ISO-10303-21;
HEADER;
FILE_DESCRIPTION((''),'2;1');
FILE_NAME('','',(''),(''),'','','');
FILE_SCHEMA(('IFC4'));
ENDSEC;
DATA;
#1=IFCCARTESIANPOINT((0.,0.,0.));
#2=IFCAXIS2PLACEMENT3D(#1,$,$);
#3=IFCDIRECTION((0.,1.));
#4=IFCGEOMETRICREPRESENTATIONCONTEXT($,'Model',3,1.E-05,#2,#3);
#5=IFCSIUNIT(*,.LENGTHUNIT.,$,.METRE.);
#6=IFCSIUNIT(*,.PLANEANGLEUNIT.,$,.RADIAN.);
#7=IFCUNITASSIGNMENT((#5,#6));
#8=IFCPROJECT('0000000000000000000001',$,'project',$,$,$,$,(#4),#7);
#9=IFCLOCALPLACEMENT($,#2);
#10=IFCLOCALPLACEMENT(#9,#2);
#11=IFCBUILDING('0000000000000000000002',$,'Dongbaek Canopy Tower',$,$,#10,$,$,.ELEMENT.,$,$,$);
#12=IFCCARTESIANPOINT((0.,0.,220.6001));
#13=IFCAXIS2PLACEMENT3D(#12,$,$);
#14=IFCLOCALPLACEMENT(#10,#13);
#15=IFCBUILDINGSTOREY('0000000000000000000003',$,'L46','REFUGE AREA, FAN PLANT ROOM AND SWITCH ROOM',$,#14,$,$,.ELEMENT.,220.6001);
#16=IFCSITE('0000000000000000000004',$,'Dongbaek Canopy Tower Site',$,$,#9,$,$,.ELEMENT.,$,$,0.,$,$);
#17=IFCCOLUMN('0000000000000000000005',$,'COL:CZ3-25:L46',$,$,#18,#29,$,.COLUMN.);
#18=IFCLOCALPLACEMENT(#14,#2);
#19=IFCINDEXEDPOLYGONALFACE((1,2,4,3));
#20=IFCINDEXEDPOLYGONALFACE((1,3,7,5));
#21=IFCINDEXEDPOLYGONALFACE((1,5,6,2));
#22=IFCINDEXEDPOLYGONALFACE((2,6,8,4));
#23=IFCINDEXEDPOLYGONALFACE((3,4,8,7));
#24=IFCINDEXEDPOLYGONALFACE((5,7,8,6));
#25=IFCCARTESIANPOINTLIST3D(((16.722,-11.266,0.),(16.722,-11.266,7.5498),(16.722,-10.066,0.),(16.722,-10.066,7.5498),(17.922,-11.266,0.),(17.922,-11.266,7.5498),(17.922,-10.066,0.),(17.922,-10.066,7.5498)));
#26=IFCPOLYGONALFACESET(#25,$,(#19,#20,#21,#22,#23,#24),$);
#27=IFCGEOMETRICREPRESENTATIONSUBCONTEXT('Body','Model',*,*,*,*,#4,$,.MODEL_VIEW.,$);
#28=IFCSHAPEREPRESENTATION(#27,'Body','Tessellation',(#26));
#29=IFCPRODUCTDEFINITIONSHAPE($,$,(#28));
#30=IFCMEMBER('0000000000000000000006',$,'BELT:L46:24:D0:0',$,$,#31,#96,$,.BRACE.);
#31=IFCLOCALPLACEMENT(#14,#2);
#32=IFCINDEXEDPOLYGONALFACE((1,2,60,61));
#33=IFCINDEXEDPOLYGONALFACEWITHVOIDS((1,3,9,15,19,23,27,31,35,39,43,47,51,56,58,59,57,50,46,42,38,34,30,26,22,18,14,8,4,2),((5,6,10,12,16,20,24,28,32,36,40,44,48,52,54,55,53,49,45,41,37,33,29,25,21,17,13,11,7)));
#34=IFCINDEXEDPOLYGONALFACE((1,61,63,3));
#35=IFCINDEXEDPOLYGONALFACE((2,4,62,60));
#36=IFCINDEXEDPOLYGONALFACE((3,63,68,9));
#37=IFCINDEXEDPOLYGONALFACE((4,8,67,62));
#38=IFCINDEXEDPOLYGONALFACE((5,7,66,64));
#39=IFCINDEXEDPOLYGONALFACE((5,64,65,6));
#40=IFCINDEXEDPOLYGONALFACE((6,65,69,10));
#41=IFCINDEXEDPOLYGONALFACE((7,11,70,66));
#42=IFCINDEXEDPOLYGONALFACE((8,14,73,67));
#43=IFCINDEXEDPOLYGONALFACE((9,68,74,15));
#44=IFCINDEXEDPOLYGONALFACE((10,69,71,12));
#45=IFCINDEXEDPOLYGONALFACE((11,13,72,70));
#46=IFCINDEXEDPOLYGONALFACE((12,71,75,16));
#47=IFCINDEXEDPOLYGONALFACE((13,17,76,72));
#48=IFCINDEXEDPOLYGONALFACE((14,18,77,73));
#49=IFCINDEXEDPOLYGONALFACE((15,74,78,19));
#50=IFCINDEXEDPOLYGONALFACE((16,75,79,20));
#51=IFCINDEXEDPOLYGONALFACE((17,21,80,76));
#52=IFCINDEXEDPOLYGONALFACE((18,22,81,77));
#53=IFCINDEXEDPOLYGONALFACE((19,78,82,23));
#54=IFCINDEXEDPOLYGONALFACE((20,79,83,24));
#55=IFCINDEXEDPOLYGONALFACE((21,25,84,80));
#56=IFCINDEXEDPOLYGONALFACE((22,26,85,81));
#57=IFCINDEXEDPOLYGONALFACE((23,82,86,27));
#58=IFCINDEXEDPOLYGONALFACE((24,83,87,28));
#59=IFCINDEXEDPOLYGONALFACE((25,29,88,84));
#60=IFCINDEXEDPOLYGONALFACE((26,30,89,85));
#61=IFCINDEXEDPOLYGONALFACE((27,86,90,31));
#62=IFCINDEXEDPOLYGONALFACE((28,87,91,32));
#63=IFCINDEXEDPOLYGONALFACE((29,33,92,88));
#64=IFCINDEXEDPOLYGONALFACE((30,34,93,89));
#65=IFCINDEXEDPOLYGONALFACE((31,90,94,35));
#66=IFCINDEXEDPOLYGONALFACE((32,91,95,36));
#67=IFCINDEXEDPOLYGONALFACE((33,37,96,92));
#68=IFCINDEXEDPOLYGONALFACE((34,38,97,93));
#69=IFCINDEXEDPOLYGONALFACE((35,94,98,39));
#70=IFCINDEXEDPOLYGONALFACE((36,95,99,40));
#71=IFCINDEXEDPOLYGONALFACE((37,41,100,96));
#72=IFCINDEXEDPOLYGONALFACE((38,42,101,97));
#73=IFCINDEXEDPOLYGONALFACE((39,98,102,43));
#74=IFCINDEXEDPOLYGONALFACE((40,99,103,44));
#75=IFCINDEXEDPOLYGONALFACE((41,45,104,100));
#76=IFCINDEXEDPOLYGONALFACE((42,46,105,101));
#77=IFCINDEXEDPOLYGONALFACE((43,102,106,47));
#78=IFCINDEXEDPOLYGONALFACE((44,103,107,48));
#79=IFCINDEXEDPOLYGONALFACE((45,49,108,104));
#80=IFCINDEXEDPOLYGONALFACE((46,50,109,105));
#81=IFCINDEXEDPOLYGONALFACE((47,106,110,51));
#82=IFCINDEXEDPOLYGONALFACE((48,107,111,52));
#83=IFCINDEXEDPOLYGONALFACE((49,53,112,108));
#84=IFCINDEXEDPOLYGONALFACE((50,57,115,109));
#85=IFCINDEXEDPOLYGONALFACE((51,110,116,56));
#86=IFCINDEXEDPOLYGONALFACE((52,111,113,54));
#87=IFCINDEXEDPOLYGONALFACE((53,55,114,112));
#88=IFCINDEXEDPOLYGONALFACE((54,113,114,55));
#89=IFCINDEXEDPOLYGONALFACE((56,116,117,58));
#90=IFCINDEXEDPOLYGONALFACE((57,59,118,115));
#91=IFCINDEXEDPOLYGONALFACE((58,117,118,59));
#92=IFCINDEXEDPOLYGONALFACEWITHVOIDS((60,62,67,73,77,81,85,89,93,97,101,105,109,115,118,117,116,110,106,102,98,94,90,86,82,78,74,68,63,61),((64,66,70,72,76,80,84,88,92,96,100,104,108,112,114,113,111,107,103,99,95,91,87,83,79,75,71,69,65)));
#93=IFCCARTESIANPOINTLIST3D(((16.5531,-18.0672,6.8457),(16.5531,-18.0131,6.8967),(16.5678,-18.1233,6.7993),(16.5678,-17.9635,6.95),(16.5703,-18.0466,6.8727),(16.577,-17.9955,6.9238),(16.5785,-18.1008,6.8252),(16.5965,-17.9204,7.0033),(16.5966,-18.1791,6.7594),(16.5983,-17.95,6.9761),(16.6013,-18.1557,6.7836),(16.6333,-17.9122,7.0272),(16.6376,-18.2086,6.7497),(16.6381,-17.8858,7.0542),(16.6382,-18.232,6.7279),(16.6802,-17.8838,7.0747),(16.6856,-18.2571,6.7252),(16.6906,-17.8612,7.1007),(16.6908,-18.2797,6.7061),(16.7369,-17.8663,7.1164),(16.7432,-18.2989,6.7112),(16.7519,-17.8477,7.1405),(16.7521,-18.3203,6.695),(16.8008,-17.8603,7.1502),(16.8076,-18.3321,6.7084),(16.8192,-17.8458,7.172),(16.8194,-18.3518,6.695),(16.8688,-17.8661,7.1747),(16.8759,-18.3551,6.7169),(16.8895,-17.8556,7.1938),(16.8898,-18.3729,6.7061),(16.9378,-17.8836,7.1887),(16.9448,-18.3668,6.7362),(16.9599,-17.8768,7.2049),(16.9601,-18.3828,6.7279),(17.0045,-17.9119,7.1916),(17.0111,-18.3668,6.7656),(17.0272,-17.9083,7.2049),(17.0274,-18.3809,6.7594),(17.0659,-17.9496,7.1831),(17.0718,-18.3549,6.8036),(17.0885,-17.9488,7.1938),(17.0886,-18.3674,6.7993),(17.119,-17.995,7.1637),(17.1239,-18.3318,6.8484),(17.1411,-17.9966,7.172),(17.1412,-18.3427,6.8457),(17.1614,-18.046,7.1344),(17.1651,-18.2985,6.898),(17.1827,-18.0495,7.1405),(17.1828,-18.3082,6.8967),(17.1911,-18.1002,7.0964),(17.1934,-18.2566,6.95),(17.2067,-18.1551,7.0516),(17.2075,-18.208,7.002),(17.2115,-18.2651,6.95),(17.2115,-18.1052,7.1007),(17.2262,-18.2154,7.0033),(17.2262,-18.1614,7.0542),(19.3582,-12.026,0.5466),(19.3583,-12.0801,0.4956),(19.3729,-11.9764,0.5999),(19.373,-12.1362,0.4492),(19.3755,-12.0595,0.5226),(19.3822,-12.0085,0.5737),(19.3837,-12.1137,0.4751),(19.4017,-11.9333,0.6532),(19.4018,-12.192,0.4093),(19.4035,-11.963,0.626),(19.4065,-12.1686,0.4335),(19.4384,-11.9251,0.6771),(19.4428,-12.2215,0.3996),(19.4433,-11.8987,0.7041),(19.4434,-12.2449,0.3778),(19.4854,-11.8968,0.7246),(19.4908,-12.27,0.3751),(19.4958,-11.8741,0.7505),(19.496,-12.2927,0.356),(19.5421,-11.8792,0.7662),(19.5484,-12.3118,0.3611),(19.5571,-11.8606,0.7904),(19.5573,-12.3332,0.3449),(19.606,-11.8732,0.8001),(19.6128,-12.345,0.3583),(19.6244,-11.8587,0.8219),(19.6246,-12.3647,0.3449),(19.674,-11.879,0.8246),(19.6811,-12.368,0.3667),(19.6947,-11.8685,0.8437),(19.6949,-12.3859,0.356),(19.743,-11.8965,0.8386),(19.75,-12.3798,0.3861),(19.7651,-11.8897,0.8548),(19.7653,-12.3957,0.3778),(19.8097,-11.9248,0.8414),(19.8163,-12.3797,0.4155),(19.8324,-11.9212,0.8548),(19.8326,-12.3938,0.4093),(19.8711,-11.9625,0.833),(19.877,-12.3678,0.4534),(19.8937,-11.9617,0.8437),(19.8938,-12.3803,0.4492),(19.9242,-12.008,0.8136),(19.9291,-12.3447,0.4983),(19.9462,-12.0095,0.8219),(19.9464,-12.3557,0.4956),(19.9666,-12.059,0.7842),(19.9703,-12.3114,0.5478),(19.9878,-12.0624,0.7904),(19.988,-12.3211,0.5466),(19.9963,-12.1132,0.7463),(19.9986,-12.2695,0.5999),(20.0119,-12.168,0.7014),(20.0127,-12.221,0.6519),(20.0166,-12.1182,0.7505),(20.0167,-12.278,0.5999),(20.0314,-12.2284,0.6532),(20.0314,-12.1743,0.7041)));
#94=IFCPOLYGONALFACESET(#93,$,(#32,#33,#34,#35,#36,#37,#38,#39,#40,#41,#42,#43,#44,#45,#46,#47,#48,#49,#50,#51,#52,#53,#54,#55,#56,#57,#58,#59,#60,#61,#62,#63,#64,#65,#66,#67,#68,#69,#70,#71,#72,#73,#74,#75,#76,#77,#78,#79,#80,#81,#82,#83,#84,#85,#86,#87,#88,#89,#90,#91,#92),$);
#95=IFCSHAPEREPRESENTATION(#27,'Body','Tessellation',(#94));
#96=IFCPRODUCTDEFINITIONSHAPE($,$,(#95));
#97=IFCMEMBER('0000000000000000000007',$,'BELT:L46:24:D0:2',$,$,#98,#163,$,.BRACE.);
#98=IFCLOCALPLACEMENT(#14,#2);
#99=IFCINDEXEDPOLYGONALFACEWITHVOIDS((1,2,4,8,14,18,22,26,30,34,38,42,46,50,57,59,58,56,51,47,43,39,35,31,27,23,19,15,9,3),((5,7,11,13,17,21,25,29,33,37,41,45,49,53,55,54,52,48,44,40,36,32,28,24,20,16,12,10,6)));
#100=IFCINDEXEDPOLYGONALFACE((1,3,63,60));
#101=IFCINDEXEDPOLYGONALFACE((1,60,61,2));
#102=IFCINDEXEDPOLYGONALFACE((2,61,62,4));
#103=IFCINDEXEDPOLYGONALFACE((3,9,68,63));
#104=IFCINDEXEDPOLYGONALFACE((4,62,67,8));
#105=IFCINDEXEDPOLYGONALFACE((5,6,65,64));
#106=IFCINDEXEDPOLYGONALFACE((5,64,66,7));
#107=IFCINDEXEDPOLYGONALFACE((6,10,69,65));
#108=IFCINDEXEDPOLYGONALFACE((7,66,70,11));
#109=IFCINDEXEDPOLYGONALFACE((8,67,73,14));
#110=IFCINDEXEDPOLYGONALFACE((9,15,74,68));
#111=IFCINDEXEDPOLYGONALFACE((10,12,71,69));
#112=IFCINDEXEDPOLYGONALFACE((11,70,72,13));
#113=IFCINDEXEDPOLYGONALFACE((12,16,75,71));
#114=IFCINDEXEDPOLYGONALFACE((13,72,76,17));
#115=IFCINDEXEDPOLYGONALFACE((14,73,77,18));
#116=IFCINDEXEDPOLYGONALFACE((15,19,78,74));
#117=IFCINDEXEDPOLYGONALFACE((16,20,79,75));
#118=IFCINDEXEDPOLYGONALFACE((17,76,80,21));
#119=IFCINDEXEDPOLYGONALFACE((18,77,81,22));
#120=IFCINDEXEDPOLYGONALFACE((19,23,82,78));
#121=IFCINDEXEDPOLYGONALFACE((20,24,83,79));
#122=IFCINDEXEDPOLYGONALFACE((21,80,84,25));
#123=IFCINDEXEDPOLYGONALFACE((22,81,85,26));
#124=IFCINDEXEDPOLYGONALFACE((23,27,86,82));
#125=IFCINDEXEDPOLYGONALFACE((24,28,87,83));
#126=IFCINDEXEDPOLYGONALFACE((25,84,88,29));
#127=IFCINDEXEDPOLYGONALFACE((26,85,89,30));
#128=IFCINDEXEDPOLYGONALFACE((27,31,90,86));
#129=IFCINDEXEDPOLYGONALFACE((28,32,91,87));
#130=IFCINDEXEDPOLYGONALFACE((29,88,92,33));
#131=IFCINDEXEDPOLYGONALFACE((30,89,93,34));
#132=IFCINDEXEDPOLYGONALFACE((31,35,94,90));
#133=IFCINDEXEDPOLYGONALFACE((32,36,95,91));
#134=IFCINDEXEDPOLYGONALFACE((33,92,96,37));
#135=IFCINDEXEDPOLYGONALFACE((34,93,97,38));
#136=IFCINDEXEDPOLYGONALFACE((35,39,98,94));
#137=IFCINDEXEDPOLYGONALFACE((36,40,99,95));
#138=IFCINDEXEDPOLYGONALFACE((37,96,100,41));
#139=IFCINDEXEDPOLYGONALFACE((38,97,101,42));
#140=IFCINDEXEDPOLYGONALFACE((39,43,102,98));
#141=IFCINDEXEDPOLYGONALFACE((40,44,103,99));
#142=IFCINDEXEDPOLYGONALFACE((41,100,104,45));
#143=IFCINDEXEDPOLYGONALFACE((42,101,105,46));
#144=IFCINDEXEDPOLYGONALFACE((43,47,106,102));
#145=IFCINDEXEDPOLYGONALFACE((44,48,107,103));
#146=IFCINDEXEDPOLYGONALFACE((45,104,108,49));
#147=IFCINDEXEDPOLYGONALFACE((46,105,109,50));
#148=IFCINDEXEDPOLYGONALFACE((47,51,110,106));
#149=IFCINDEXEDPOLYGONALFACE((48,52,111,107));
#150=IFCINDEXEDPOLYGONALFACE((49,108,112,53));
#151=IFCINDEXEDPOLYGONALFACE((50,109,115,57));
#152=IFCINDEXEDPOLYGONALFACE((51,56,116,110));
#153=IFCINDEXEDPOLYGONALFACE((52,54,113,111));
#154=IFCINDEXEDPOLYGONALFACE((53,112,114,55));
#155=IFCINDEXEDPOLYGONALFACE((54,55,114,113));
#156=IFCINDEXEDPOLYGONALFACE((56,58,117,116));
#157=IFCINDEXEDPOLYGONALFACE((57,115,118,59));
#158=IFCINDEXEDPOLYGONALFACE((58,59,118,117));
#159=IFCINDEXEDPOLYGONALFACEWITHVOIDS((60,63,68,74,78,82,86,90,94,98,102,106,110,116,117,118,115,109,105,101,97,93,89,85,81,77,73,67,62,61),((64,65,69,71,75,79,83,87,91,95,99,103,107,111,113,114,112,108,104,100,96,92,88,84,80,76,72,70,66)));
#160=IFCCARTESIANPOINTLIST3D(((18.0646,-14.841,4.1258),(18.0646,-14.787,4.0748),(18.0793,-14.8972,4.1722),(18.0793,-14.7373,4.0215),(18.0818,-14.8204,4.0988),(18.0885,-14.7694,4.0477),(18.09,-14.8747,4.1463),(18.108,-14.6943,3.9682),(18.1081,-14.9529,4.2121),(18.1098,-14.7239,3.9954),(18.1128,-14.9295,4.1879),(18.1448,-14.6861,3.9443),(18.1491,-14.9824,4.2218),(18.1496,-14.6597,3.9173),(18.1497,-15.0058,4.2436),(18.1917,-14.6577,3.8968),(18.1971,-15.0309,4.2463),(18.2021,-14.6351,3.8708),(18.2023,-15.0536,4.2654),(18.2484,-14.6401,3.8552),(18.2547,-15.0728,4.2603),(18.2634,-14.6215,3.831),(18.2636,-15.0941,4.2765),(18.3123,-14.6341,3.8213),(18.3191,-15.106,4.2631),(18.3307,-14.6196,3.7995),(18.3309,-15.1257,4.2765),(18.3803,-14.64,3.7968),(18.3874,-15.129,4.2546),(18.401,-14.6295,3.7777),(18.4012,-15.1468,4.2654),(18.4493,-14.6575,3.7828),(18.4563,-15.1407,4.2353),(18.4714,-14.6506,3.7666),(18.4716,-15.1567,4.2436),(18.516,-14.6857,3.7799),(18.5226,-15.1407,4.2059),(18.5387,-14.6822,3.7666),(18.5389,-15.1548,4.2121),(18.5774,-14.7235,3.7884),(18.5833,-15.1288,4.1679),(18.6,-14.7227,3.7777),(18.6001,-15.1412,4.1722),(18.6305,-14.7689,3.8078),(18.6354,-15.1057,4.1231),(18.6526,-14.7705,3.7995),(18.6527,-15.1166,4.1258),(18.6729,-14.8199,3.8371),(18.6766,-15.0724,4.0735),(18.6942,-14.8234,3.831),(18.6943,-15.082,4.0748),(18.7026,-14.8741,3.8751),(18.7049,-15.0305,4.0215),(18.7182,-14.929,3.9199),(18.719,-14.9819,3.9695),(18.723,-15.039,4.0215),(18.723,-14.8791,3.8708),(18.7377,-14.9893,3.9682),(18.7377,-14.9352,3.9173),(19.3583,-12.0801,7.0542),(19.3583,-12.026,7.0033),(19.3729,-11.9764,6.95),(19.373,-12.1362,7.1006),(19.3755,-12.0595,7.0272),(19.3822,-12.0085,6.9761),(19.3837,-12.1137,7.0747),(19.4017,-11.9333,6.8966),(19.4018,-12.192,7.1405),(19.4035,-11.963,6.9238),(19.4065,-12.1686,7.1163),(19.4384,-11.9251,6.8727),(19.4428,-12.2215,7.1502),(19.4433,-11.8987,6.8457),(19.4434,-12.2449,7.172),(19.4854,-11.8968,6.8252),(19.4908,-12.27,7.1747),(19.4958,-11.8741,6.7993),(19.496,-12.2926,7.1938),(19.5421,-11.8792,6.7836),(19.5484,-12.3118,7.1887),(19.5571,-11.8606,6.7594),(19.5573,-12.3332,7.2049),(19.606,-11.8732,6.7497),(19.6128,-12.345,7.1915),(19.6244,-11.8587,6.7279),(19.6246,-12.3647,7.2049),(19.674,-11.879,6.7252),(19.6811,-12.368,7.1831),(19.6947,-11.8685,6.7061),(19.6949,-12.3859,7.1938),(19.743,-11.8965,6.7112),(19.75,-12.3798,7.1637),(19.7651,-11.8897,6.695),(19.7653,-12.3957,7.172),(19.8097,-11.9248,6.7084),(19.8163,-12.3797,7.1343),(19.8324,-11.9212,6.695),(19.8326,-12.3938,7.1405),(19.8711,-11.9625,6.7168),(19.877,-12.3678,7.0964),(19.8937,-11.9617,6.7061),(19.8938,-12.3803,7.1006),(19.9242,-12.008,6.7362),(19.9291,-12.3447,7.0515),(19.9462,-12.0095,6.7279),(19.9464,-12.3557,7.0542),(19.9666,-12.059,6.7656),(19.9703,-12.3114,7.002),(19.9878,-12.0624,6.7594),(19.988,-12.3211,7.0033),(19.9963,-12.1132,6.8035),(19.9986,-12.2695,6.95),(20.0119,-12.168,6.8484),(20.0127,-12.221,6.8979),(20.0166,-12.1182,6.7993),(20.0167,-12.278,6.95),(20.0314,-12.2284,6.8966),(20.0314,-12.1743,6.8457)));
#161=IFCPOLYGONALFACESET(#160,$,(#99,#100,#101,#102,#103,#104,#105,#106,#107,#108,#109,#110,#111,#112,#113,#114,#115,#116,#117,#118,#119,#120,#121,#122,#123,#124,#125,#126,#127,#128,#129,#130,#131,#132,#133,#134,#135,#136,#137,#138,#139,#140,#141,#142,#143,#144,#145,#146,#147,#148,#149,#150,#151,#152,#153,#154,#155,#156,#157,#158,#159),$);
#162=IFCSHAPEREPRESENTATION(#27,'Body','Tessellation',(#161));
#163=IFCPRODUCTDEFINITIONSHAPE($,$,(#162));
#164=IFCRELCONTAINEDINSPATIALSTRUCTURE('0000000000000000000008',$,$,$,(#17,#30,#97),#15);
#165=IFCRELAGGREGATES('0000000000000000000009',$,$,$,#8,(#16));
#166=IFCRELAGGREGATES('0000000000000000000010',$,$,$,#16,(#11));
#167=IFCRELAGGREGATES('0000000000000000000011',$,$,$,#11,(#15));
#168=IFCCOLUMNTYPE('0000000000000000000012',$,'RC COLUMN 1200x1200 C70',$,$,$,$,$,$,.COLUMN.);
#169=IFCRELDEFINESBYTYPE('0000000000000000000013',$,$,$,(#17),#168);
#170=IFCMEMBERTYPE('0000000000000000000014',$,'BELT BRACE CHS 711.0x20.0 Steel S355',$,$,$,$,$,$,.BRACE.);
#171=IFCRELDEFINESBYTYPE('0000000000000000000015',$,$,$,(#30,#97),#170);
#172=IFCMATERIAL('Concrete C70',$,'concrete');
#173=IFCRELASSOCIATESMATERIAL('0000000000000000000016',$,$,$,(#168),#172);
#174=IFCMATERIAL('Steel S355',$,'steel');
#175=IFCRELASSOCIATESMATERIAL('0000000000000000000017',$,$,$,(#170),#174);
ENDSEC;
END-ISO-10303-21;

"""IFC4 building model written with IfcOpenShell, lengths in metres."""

from ifc_helpers import new_model, si_unit, direction, frame, origin, origin_2d, place, context, subcontext, project, spatial, rectangle, hollow_circle, extrude, material, material_profile, profile_set, type_object, element, save


model = new_model("IFC4")

# Units and contexts
model_context = context("Model", 3, precision=1e-05, world=origin(), true_north=direction((0.0, 1.0)))
body_context = subcontext(model_context, "Body", "Model", "MODEL_VIEW")
ifc_project = project(units=[si_unit("LENGTHUNIT", "METRE"), si_unit("PLANEANGLEUNIT", "RADIAN")], contexts=[model_context])

# Site, building, storey
site_placement = place(None, origin())
site = spatial("IfcSite", under=ifc_project, at=site_placement, Name="Dongbaek Canopy Tower Site", CompositionType="ELEMENT", RefElevation=0.0)
building_placement = place(site_placement, origin())
building = spatial("IfcBuilding", under=site, at=building_placement, Name="Dongbaek Canopy Tower", CompositionType="ELEMENT")
storey_placement = place(building_placement, frame((0.0, 0.0, 220.6001)))
storey = spatial("IfcBuildingStorey", under=building, at=storey_placement, Name="L46", Description="REFUGE AREA, FAN PLANT ROOM AND SWITCH ROOM", CompositionType="ELEMENT", Elevation=220.6001)

# Column
ifc_material_1 = material(Name="Concrete C70", Category="concrete")
ifc_material_profile_1 = material_profile(ifc_material_1, rectangle(XDim=1.2, YDim=1.2, at=origin_2d()), Name="RC COLUMN 1200x1200 C70")
ifc_profile_set_1 = profile_set([ifc_material_profile_1], Name="Concrete C70")
column_type = type_object("IfcColumnType", Name="RC COLUMN 1200x1200 C70", PredefinedType="COLUMN", material=ifc_profile_set_1)
column_placement = place(storey_placement, frame((17.322, -10.666, 0.0), z_axis=(0.0, 0.0, 1.0), x_axis=(1.0, 0.0, 0.0)))
element("IfcColumn", 1, at=column_placement, inside=storey, type_object=column_type, Name="COL:CZ3-25:L46", PredefinedType="COLUMN", context=body_context, shape_type="SweptSolid", body=[
    extrude(rectangle(XDim=1.2, YDim=1.2, at=origin_2d()), origin(), (0.0, 0.0, 1.0), 7.5498),
])

# Members
ifc_material_2 = material(Name="Steel S355", Category="steel")
ifc_material_profile_2 = material_profile(ifc_material_2, hollow_circle(Radius=0.3555, WallThickness=0.02, at=origin_2d()), Name="BELT BRACE CHS 711.0x20.0 Steel S355")
ifc_profile_set_2 = profile_set([ifc_material_profile_2], Name="Steel S355")
member_type_1 = type_object("IfcMemberType", Name="BELT BRACE CHS 711.0x20.0 Steel S355", PredefinedType="BRACE", material=ifc_profile_set_2)
member_1_placement = place(storey_placement, frame((19.6948, -12.1272, 0.5999), z_axis=(-0.306001, -0.653096, 0.692697), x_axis=(0.905532, -0.424278, 0.0)))
element("IfcMember", 2, at=member_1_placement, inside=storey, type_object=member_type_1, Name="BELT:L46:24:D0:0", PredefinedType="BRACE", context=body_context, shape_type="SweptSolid", body=[
    extrude(hollow_circle(Radius=0.3555, WallThickness=0.02, at=origin_2d()), origin(), (0.0, 0.0, 1.0), 9.1672),
])
member_2_placement = place(storey_placement, frame((19.6948, -12.1272, 6.95), z_axis=(-0.306013, -0.653086, -0.692701), x_axis=(0.905523, -0.424296, 0.0)))
element("IfcMember", 3, at=member_2_placement, inside=storey, type_object=member_type_1, Name="BELT:L46:24:D0:2", PredefinedType="BRACE", context=body_context, shape_type="SweptSolid", body=[
    extrude(hollow_circle(Radius=0.3555, WallThickness=0.02, at=origin_2d()), origin(), (0.0, 0.0, 1.0), 4.2275),
])

save(model, "model.ifc")
